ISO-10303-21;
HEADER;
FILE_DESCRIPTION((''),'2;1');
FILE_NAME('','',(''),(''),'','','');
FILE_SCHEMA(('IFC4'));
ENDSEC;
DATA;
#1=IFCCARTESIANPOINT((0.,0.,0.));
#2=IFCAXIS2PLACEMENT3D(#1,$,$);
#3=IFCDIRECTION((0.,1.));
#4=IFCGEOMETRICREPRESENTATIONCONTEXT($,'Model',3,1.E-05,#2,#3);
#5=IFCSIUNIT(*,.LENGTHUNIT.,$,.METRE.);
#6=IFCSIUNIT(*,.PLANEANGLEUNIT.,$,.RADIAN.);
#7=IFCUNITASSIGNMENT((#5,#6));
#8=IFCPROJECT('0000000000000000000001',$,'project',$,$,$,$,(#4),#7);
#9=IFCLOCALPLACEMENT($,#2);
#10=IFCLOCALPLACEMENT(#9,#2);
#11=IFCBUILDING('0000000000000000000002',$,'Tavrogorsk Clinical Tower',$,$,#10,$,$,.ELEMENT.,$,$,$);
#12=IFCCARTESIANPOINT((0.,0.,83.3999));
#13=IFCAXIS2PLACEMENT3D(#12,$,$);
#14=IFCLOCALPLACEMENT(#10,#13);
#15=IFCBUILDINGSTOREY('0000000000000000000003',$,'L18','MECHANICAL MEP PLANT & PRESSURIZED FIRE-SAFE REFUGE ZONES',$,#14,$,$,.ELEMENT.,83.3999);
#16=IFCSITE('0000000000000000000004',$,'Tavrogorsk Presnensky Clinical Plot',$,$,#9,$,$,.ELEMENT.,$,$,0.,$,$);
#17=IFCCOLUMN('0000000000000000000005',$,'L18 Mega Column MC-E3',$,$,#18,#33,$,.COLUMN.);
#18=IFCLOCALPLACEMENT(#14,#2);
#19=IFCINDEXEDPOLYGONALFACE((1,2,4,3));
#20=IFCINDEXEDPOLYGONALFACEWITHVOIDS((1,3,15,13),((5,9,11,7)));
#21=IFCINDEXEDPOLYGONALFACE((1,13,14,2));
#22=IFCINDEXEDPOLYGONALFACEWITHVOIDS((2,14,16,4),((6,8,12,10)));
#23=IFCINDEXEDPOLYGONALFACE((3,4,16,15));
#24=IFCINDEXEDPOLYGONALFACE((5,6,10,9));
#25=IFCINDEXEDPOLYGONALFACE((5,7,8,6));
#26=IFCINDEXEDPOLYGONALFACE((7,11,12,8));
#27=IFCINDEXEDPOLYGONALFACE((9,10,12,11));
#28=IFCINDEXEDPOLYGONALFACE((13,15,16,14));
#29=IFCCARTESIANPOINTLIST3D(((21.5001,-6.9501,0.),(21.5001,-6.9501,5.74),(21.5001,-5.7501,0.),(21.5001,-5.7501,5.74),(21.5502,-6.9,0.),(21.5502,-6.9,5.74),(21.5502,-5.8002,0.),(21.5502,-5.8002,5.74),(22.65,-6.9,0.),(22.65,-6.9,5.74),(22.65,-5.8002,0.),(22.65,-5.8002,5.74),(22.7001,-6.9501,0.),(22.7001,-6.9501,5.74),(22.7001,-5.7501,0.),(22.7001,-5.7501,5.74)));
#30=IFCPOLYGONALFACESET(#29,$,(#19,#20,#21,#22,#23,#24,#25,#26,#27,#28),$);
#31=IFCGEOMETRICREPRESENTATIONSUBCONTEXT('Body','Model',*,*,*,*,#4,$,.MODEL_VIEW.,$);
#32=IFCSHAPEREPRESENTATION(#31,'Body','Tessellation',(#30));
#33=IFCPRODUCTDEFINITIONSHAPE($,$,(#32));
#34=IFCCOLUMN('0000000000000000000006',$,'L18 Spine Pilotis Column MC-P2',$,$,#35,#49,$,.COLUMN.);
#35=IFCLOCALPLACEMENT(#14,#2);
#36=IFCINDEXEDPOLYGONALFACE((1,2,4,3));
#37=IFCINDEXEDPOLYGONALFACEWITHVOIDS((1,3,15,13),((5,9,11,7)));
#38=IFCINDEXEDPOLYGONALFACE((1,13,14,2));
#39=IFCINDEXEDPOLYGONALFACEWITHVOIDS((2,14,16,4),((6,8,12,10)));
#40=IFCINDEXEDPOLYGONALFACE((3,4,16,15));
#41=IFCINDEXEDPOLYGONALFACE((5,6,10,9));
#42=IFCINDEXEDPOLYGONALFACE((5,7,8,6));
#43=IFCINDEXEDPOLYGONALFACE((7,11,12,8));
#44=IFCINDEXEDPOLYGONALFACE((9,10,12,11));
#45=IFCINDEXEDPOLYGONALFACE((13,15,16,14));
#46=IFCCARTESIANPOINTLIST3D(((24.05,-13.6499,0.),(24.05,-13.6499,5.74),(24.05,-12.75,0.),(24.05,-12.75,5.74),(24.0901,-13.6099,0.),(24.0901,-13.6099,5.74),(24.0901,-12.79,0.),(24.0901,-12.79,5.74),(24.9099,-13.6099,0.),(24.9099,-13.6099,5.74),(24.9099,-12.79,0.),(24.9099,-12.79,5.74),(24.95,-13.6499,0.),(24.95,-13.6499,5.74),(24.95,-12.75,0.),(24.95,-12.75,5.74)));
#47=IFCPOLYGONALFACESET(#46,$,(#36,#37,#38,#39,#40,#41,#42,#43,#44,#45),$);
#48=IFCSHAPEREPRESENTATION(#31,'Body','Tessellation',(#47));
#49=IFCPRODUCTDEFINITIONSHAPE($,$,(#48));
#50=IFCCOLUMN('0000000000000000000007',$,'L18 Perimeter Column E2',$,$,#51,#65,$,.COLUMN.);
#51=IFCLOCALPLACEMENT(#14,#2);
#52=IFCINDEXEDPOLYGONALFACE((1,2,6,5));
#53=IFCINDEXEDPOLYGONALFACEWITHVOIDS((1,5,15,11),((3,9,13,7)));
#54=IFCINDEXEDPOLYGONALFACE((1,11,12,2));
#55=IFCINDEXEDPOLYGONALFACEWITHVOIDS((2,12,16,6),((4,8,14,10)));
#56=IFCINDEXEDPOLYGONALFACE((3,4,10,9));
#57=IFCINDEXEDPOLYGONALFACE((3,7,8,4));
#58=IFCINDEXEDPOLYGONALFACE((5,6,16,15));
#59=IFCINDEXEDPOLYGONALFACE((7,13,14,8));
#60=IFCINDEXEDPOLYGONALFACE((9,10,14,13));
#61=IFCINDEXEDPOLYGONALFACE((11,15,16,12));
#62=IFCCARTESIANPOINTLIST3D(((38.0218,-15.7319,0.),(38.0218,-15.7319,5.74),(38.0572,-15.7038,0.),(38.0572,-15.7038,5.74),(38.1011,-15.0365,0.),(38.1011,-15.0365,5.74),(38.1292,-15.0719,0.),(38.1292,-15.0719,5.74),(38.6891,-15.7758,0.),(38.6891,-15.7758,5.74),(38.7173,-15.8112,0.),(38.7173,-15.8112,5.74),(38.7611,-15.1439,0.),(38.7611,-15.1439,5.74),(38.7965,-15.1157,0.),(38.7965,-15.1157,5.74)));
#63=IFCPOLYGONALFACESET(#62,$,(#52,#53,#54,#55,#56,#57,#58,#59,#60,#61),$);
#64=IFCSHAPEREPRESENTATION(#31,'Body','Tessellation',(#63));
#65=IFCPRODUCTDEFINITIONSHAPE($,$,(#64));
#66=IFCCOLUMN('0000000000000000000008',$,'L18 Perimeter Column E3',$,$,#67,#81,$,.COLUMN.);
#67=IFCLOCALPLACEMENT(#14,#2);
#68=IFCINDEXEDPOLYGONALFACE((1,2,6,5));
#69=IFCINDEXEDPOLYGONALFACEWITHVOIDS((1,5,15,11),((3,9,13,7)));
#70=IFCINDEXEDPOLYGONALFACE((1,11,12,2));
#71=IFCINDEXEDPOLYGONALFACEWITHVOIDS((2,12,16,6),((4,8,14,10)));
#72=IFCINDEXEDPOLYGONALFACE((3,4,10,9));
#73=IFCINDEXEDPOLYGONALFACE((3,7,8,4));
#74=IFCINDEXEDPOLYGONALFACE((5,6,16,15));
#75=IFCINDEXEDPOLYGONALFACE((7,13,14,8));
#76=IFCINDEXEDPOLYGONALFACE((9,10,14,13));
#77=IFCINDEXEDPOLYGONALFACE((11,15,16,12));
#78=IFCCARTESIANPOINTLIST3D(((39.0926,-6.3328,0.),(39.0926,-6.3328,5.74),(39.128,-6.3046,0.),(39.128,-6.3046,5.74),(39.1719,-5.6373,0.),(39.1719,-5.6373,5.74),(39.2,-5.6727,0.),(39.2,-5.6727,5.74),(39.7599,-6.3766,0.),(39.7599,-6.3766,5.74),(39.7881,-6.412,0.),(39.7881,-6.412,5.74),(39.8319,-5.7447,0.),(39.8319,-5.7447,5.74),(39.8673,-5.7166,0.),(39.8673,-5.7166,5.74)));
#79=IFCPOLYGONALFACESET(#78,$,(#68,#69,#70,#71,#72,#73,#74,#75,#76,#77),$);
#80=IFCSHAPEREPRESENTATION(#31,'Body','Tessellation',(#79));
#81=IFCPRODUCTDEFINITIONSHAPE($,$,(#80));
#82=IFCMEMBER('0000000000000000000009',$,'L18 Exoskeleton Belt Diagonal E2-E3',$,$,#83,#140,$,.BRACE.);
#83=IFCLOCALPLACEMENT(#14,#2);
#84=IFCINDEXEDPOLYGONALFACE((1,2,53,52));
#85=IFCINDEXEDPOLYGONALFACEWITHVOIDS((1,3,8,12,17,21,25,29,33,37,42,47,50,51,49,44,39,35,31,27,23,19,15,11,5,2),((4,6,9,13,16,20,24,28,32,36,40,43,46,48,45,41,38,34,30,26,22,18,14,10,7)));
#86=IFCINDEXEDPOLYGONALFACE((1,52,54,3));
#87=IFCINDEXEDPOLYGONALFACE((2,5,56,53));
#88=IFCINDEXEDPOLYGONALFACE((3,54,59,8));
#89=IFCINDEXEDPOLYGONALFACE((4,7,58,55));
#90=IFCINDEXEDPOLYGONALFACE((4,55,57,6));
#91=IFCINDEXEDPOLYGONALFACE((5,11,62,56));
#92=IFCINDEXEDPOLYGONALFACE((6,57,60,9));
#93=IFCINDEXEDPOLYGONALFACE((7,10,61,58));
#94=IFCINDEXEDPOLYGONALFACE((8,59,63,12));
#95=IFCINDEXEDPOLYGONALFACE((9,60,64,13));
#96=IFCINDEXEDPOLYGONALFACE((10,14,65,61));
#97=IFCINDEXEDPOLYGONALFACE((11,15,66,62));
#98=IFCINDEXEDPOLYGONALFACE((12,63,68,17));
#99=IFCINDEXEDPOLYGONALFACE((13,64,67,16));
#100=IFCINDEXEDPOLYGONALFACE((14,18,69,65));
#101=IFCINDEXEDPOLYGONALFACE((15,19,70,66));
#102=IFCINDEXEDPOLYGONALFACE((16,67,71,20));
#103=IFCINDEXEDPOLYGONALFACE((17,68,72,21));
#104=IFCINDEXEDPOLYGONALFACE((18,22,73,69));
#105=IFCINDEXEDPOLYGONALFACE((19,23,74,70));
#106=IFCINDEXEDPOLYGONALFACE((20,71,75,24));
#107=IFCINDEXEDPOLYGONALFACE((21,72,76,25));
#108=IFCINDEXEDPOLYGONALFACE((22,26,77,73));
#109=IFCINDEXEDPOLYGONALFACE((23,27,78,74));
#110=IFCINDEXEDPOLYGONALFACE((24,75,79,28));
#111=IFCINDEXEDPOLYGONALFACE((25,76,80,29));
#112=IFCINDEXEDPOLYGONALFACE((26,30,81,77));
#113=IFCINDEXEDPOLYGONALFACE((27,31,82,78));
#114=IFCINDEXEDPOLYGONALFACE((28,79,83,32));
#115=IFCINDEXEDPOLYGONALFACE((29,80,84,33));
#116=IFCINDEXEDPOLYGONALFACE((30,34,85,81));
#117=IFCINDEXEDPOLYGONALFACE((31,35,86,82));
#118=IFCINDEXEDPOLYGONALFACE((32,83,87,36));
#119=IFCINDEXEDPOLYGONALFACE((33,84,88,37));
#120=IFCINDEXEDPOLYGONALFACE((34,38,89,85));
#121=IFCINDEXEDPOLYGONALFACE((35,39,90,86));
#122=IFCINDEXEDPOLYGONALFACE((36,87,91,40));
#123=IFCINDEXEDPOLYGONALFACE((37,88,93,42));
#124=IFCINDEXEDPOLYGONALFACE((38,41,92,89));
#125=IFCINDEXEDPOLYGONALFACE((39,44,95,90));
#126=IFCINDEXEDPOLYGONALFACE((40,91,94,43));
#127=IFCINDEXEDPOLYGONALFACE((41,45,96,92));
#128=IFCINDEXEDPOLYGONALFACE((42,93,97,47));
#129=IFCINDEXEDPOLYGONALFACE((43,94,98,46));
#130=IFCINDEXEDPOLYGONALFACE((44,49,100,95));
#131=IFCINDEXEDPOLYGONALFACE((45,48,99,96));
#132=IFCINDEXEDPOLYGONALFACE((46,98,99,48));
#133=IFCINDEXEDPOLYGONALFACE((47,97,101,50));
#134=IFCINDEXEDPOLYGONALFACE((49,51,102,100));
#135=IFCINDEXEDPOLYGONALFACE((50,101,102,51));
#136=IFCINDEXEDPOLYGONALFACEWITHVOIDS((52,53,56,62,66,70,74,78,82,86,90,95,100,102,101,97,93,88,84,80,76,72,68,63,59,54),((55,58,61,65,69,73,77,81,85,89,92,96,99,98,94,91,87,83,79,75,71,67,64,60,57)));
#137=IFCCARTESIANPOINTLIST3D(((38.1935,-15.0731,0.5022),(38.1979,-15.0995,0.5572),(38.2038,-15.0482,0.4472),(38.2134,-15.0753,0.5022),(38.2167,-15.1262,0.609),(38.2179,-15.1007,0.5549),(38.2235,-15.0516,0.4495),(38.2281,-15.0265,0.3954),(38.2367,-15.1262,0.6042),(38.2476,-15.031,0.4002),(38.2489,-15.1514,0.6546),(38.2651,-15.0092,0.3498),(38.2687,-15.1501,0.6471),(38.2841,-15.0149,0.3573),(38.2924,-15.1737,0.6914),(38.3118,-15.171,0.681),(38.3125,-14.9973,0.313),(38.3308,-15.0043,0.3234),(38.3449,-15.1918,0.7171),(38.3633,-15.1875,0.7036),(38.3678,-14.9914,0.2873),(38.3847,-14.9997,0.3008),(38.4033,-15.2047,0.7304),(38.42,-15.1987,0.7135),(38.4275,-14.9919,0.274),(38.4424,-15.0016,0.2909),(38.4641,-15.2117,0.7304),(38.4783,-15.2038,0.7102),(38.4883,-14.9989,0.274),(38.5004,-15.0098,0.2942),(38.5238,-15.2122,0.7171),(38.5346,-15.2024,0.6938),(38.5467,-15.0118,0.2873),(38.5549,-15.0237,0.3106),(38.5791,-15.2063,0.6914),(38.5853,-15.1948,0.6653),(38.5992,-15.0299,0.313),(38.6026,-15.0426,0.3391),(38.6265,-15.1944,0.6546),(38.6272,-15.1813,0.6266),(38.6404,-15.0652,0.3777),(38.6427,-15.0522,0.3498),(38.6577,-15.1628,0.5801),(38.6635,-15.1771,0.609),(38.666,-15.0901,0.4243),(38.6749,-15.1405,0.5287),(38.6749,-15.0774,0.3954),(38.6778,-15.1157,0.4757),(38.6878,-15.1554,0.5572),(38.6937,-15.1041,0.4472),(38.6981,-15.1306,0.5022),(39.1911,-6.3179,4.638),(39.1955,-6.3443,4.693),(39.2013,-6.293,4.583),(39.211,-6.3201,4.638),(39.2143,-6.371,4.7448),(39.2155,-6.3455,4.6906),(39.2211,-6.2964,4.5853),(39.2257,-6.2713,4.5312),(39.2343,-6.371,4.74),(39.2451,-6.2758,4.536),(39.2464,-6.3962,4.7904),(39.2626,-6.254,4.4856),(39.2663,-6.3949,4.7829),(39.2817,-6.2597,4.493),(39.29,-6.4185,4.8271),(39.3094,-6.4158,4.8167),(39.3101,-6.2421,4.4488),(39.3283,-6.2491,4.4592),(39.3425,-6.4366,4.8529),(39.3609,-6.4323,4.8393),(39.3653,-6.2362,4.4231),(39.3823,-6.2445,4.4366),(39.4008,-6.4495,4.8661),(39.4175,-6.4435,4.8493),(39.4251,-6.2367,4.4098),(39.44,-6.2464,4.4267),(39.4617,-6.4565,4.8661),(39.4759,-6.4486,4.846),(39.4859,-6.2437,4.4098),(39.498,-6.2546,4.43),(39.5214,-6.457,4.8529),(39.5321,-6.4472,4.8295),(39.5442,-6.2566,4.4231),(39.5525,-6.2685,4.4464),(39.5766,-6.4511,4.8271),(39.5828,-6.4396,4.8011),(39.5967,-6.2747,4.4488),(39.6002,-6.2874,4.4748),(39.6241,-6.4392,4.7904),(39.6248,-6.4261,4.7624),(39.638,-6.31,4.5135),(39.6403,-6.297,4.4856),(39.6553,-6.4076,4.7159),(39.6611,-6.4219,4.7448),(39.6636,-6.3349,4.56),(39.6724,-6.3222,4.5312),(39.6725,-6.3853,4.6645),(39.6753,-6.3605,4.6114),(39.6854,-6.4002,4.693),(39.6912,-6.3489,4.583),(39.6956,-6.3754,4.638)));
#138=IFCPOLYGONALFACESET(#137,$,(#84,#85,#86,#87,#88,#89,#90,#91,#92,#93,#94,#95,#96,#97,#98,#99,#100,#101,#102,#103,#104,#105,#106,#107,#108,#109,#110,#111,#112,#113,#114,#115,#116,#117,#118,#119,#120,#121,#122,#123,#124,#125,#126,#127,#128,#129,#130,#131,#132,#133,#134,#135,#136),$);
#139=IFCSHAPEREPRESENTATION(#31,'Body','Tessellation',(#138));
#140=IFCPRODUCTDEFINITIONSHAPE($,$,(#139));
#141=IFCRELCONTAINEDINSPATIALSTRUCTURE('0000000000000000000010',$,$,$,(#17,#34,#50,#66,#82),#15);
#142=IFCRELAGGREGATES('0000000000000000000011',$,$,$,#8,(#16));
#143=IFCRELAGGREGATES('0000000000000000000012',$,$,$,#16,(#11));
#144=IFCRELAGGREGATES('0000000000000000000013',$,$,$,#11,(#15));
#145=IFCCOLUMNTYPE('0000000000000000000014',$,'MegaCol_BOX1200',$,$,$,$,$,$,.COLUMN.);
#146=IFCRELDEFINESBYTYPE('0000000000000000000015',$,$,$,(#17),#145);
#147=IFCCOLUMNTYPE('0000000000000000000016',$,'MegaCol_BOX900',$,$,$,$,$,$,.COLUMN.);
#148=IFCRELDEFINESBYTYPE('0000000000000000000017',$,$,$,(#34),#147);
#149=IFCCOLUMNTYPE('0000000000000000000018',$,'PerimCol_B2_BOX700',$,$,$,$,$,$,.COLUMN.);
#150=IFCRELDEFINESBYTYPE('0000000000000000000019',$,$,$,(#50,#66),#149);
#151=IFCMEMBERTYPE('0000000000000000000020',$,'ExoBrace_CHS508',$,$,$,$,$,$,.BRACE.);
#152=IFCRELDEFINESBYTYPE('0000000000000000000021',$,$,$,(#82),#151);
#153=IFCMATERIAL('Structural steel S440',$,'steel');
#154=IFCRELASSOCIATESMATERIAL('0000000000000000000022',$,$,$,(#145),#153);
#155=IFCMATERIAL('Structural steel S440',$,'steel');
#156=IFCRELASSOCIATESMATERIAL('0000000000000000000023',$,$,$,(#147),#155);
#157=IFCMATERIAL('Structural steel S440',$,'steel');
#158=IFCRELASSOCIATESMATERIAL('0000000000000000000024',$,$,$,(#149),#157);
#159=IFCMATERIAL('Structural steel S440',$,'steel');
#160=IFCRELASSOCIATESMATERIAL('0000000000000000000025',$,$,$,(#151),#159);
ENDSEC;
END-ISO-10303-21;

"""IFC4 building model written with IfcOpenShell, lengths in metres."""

from ifc_helpers import new_model, si_unit, direction, frame, origin, origin_2d, place, context, subcontext, project, spatial, hollow_rectangle, hollow_circle, extrude, material, material_profile, profile_set, type_object, element, save


model = new_model("IFC4")

# Units and contexts
model_context = context("Model", 3, precision=1e-05, world=origin(), true_north=direction((0.0, 1.0)))
body_context = subcontext(model_context, "Body", "Model", "MODEL_VIEW")
ifc_project = project(units=[si_unit("LENGTHUNIT", "METRE"), si_unit("PLANEANGLEUNIT", "RADIAN")], contexts=[model_context])

# Site, building, storey
site_placement = place(None, origin())
site = spatial("IfcSite", under=ifc_project, at=site_placement, Name="Tavrogorsk Presnensky Clinical Plot", CompositionType="ELEMENT", RefElevation=0.0)
building_placement = place(site_placement, origin())
building = spatial("IfcBuilding", under=site, at=building_placement, Name="Tavrogorsk Clinical Tower", CompositionType="ELEMENT")
storey_placement = place(building_placement, frame((0.0, 0.0, 83.3999)))
storey = spatial("IfcBuildingStorey", under=building, at=storey_placement, Name="L18", Description="MECHANICAL MEP PLANT & PRESSURIZED FIRE-SAFE REFUGE ZONES", CompositionType="ELEMENT", Elevation=83.3999)

# Columns
ifc_material_1 = material(Name="Structural steel S440", Category="steel")
ifc_material_profile_1 = material_profile(ifc_material_1, hollow_rectangle(XDim=1.2, YDim=1.2, WallThickness=0.05, at=origin_2d()), Name="BOX-1200x1200x50")
ifc_profile_set_1 = profile_set([ifc_material_profile_1], Name="Structural steel S440")
column_type_1 = type_object("IfcColumnType", Name="MegaCol_BOX1200", PredefinedType="COLUMN", material=ifc_profile_set_1)
column_1_placement = place(storey_placement, frame((22.1001, -6.3501, 0.0), z_axis=(0.0, 0.0, 1.0), x_axis=(1.0, 0.0, 0.0)))
element("IfcColumn", 1, at=column_1_placement, inside=storey, type_object=column_type_1, Name="L18 Mega Column MC-E3", PredefinedType="COLUMN", context=body_context, shape_type="SweptSolid", body=[
    extrude(hollow_rectangle(XDim=1.2, YDim=1.2, WallThickness=0.05, at=origin_2d()), origin(), (0.0, 0.0, 1.0), 5.74),
])
ifc_material_2 = material(Name="Structural steel S440", Category="steel")
ifc_material_profile_2 = material_profile(ifc_material_2, hollow_rectangle(XDim=0.8999, YDim=0.8999, WallThickness=0.04, at=origin_2d()), Name="BOX-900x900x40")
ifc_profile_set_2 = profile_set([ifc_material_profile_2], Name="Structural steel S440")
column_type_2 = type_object("IfcColumnType", Name="MegaCol_BOX900", PredefinedType="COLUMN", material=ifc_profile_set_2)
column_2_placement = place(storey_placement, frame((24.5, -13.2, 0.0), z_axis=(0.0, 0.0, 1.0), x_axis=(1.0, 0.0, 0.0)))
element("IfcColumn", 2, at=column_2_placement, inside=storey, type_object=column_type_2, Name="L18 Spine Pilotis Column MC-P2", PredefinedType="COLUMN", context=body_context, shape_type="SweptSolid", body=[
    extrude(hollow_rectangle(XDim=0.8999, YDim=0.8999, WallThickness=0.04, at=origin_2d()), origin(), (0.0, 0.0, 1.0), 5.74),
])
ifc_material_3 = material(Name="Structural steel S440", Category="steel")
ifc_material_profile_3 = material_profile(ifc_material_3, hollow_rectangle(XDim=0.7, YDim=0.7, WallThickness=0.032, at=origin_2d()), Name="BOX-700x700x32")
ifc_profile_set_3 = profile_set([ifc_material_profile_3], Name="Structural steel S440")
column_type_3 = type_object("IfcColumnType", Name="PerimCol_B2_BOX700", PredefinedType="COLUMN", material=ifc_profile_set_3)
for number, where, z_axis, x_axis, name in (
    (3, (38.4092, -15.4238, 0.0), (0.0, 0.0, 1.0), (0.993572, -0.113203, 0.0), "L18 Perimeter Column E2"),
    (4, (39.48, -6.0247, 0.0), (0.0, 0.0, 1.0), (0.993572, -0.113203, 0.0), "L18 Perimeter Column E3"),
):
    element("IfcColumn", number, at=place(storey_placement, frame(where, z_axis=z_axis, x_axis=x_axis)), inside=storey, type_object=column_type_3, Name=name, PredefinedType="COLUMN", context=body_context, shape_type="SweptSolid", body=[
        extrude(hollow_rectangle(XDim=0.7, YDim=0.7, WallThickness=0.032, at=origin_2d()), origin(), (0.0, 0.0, 1.0), 5.74),
    ])

# Member
ifc_material_4 = material(Name="Structural steel S440", Category="steel")
ifc_material_profile_4 = material_profile(ifc_material_4, hollow_circle(Radius=0.2539, WallThickness=0.02, at=origin_2d()), Name="CHS-508x20")
ifc_profile_set_4 = profile_set([ifc_material_profile_4], Name="Structural steel S440")
member_type_1 = type_object("IfcMemberType", Name="ExoBrace_CHS508", PredefinedType="BRACE", material=ifc_profile_set_4)
for number, where, z_axis, x_axis, name in (
    (5, (38.4458, -15.1018, 0.5022), (0.102481, 0.899433, 0.424874), (-0.993571, 0.113207, 0.0), "L18 Exoskeleton Belt Diagonal E2-E3"),
):
    element("IfcMember", number, at=place(storey_placement, frame(where, z_axis=z_axis, x_axis=x_axis)), inside=storey, type_object=member_type_1, Name=name, PredefinedType="BRACE", context=body_context, shape_type="SweptSolid", body=[
        extrude(hollow_circle(Radius=0.2539, WallThickness=0.02, at=origin_2d()), origin(), (0.0, 0.0, 1.0), 9.7341),
    ])

save(model, "model.ifc")
